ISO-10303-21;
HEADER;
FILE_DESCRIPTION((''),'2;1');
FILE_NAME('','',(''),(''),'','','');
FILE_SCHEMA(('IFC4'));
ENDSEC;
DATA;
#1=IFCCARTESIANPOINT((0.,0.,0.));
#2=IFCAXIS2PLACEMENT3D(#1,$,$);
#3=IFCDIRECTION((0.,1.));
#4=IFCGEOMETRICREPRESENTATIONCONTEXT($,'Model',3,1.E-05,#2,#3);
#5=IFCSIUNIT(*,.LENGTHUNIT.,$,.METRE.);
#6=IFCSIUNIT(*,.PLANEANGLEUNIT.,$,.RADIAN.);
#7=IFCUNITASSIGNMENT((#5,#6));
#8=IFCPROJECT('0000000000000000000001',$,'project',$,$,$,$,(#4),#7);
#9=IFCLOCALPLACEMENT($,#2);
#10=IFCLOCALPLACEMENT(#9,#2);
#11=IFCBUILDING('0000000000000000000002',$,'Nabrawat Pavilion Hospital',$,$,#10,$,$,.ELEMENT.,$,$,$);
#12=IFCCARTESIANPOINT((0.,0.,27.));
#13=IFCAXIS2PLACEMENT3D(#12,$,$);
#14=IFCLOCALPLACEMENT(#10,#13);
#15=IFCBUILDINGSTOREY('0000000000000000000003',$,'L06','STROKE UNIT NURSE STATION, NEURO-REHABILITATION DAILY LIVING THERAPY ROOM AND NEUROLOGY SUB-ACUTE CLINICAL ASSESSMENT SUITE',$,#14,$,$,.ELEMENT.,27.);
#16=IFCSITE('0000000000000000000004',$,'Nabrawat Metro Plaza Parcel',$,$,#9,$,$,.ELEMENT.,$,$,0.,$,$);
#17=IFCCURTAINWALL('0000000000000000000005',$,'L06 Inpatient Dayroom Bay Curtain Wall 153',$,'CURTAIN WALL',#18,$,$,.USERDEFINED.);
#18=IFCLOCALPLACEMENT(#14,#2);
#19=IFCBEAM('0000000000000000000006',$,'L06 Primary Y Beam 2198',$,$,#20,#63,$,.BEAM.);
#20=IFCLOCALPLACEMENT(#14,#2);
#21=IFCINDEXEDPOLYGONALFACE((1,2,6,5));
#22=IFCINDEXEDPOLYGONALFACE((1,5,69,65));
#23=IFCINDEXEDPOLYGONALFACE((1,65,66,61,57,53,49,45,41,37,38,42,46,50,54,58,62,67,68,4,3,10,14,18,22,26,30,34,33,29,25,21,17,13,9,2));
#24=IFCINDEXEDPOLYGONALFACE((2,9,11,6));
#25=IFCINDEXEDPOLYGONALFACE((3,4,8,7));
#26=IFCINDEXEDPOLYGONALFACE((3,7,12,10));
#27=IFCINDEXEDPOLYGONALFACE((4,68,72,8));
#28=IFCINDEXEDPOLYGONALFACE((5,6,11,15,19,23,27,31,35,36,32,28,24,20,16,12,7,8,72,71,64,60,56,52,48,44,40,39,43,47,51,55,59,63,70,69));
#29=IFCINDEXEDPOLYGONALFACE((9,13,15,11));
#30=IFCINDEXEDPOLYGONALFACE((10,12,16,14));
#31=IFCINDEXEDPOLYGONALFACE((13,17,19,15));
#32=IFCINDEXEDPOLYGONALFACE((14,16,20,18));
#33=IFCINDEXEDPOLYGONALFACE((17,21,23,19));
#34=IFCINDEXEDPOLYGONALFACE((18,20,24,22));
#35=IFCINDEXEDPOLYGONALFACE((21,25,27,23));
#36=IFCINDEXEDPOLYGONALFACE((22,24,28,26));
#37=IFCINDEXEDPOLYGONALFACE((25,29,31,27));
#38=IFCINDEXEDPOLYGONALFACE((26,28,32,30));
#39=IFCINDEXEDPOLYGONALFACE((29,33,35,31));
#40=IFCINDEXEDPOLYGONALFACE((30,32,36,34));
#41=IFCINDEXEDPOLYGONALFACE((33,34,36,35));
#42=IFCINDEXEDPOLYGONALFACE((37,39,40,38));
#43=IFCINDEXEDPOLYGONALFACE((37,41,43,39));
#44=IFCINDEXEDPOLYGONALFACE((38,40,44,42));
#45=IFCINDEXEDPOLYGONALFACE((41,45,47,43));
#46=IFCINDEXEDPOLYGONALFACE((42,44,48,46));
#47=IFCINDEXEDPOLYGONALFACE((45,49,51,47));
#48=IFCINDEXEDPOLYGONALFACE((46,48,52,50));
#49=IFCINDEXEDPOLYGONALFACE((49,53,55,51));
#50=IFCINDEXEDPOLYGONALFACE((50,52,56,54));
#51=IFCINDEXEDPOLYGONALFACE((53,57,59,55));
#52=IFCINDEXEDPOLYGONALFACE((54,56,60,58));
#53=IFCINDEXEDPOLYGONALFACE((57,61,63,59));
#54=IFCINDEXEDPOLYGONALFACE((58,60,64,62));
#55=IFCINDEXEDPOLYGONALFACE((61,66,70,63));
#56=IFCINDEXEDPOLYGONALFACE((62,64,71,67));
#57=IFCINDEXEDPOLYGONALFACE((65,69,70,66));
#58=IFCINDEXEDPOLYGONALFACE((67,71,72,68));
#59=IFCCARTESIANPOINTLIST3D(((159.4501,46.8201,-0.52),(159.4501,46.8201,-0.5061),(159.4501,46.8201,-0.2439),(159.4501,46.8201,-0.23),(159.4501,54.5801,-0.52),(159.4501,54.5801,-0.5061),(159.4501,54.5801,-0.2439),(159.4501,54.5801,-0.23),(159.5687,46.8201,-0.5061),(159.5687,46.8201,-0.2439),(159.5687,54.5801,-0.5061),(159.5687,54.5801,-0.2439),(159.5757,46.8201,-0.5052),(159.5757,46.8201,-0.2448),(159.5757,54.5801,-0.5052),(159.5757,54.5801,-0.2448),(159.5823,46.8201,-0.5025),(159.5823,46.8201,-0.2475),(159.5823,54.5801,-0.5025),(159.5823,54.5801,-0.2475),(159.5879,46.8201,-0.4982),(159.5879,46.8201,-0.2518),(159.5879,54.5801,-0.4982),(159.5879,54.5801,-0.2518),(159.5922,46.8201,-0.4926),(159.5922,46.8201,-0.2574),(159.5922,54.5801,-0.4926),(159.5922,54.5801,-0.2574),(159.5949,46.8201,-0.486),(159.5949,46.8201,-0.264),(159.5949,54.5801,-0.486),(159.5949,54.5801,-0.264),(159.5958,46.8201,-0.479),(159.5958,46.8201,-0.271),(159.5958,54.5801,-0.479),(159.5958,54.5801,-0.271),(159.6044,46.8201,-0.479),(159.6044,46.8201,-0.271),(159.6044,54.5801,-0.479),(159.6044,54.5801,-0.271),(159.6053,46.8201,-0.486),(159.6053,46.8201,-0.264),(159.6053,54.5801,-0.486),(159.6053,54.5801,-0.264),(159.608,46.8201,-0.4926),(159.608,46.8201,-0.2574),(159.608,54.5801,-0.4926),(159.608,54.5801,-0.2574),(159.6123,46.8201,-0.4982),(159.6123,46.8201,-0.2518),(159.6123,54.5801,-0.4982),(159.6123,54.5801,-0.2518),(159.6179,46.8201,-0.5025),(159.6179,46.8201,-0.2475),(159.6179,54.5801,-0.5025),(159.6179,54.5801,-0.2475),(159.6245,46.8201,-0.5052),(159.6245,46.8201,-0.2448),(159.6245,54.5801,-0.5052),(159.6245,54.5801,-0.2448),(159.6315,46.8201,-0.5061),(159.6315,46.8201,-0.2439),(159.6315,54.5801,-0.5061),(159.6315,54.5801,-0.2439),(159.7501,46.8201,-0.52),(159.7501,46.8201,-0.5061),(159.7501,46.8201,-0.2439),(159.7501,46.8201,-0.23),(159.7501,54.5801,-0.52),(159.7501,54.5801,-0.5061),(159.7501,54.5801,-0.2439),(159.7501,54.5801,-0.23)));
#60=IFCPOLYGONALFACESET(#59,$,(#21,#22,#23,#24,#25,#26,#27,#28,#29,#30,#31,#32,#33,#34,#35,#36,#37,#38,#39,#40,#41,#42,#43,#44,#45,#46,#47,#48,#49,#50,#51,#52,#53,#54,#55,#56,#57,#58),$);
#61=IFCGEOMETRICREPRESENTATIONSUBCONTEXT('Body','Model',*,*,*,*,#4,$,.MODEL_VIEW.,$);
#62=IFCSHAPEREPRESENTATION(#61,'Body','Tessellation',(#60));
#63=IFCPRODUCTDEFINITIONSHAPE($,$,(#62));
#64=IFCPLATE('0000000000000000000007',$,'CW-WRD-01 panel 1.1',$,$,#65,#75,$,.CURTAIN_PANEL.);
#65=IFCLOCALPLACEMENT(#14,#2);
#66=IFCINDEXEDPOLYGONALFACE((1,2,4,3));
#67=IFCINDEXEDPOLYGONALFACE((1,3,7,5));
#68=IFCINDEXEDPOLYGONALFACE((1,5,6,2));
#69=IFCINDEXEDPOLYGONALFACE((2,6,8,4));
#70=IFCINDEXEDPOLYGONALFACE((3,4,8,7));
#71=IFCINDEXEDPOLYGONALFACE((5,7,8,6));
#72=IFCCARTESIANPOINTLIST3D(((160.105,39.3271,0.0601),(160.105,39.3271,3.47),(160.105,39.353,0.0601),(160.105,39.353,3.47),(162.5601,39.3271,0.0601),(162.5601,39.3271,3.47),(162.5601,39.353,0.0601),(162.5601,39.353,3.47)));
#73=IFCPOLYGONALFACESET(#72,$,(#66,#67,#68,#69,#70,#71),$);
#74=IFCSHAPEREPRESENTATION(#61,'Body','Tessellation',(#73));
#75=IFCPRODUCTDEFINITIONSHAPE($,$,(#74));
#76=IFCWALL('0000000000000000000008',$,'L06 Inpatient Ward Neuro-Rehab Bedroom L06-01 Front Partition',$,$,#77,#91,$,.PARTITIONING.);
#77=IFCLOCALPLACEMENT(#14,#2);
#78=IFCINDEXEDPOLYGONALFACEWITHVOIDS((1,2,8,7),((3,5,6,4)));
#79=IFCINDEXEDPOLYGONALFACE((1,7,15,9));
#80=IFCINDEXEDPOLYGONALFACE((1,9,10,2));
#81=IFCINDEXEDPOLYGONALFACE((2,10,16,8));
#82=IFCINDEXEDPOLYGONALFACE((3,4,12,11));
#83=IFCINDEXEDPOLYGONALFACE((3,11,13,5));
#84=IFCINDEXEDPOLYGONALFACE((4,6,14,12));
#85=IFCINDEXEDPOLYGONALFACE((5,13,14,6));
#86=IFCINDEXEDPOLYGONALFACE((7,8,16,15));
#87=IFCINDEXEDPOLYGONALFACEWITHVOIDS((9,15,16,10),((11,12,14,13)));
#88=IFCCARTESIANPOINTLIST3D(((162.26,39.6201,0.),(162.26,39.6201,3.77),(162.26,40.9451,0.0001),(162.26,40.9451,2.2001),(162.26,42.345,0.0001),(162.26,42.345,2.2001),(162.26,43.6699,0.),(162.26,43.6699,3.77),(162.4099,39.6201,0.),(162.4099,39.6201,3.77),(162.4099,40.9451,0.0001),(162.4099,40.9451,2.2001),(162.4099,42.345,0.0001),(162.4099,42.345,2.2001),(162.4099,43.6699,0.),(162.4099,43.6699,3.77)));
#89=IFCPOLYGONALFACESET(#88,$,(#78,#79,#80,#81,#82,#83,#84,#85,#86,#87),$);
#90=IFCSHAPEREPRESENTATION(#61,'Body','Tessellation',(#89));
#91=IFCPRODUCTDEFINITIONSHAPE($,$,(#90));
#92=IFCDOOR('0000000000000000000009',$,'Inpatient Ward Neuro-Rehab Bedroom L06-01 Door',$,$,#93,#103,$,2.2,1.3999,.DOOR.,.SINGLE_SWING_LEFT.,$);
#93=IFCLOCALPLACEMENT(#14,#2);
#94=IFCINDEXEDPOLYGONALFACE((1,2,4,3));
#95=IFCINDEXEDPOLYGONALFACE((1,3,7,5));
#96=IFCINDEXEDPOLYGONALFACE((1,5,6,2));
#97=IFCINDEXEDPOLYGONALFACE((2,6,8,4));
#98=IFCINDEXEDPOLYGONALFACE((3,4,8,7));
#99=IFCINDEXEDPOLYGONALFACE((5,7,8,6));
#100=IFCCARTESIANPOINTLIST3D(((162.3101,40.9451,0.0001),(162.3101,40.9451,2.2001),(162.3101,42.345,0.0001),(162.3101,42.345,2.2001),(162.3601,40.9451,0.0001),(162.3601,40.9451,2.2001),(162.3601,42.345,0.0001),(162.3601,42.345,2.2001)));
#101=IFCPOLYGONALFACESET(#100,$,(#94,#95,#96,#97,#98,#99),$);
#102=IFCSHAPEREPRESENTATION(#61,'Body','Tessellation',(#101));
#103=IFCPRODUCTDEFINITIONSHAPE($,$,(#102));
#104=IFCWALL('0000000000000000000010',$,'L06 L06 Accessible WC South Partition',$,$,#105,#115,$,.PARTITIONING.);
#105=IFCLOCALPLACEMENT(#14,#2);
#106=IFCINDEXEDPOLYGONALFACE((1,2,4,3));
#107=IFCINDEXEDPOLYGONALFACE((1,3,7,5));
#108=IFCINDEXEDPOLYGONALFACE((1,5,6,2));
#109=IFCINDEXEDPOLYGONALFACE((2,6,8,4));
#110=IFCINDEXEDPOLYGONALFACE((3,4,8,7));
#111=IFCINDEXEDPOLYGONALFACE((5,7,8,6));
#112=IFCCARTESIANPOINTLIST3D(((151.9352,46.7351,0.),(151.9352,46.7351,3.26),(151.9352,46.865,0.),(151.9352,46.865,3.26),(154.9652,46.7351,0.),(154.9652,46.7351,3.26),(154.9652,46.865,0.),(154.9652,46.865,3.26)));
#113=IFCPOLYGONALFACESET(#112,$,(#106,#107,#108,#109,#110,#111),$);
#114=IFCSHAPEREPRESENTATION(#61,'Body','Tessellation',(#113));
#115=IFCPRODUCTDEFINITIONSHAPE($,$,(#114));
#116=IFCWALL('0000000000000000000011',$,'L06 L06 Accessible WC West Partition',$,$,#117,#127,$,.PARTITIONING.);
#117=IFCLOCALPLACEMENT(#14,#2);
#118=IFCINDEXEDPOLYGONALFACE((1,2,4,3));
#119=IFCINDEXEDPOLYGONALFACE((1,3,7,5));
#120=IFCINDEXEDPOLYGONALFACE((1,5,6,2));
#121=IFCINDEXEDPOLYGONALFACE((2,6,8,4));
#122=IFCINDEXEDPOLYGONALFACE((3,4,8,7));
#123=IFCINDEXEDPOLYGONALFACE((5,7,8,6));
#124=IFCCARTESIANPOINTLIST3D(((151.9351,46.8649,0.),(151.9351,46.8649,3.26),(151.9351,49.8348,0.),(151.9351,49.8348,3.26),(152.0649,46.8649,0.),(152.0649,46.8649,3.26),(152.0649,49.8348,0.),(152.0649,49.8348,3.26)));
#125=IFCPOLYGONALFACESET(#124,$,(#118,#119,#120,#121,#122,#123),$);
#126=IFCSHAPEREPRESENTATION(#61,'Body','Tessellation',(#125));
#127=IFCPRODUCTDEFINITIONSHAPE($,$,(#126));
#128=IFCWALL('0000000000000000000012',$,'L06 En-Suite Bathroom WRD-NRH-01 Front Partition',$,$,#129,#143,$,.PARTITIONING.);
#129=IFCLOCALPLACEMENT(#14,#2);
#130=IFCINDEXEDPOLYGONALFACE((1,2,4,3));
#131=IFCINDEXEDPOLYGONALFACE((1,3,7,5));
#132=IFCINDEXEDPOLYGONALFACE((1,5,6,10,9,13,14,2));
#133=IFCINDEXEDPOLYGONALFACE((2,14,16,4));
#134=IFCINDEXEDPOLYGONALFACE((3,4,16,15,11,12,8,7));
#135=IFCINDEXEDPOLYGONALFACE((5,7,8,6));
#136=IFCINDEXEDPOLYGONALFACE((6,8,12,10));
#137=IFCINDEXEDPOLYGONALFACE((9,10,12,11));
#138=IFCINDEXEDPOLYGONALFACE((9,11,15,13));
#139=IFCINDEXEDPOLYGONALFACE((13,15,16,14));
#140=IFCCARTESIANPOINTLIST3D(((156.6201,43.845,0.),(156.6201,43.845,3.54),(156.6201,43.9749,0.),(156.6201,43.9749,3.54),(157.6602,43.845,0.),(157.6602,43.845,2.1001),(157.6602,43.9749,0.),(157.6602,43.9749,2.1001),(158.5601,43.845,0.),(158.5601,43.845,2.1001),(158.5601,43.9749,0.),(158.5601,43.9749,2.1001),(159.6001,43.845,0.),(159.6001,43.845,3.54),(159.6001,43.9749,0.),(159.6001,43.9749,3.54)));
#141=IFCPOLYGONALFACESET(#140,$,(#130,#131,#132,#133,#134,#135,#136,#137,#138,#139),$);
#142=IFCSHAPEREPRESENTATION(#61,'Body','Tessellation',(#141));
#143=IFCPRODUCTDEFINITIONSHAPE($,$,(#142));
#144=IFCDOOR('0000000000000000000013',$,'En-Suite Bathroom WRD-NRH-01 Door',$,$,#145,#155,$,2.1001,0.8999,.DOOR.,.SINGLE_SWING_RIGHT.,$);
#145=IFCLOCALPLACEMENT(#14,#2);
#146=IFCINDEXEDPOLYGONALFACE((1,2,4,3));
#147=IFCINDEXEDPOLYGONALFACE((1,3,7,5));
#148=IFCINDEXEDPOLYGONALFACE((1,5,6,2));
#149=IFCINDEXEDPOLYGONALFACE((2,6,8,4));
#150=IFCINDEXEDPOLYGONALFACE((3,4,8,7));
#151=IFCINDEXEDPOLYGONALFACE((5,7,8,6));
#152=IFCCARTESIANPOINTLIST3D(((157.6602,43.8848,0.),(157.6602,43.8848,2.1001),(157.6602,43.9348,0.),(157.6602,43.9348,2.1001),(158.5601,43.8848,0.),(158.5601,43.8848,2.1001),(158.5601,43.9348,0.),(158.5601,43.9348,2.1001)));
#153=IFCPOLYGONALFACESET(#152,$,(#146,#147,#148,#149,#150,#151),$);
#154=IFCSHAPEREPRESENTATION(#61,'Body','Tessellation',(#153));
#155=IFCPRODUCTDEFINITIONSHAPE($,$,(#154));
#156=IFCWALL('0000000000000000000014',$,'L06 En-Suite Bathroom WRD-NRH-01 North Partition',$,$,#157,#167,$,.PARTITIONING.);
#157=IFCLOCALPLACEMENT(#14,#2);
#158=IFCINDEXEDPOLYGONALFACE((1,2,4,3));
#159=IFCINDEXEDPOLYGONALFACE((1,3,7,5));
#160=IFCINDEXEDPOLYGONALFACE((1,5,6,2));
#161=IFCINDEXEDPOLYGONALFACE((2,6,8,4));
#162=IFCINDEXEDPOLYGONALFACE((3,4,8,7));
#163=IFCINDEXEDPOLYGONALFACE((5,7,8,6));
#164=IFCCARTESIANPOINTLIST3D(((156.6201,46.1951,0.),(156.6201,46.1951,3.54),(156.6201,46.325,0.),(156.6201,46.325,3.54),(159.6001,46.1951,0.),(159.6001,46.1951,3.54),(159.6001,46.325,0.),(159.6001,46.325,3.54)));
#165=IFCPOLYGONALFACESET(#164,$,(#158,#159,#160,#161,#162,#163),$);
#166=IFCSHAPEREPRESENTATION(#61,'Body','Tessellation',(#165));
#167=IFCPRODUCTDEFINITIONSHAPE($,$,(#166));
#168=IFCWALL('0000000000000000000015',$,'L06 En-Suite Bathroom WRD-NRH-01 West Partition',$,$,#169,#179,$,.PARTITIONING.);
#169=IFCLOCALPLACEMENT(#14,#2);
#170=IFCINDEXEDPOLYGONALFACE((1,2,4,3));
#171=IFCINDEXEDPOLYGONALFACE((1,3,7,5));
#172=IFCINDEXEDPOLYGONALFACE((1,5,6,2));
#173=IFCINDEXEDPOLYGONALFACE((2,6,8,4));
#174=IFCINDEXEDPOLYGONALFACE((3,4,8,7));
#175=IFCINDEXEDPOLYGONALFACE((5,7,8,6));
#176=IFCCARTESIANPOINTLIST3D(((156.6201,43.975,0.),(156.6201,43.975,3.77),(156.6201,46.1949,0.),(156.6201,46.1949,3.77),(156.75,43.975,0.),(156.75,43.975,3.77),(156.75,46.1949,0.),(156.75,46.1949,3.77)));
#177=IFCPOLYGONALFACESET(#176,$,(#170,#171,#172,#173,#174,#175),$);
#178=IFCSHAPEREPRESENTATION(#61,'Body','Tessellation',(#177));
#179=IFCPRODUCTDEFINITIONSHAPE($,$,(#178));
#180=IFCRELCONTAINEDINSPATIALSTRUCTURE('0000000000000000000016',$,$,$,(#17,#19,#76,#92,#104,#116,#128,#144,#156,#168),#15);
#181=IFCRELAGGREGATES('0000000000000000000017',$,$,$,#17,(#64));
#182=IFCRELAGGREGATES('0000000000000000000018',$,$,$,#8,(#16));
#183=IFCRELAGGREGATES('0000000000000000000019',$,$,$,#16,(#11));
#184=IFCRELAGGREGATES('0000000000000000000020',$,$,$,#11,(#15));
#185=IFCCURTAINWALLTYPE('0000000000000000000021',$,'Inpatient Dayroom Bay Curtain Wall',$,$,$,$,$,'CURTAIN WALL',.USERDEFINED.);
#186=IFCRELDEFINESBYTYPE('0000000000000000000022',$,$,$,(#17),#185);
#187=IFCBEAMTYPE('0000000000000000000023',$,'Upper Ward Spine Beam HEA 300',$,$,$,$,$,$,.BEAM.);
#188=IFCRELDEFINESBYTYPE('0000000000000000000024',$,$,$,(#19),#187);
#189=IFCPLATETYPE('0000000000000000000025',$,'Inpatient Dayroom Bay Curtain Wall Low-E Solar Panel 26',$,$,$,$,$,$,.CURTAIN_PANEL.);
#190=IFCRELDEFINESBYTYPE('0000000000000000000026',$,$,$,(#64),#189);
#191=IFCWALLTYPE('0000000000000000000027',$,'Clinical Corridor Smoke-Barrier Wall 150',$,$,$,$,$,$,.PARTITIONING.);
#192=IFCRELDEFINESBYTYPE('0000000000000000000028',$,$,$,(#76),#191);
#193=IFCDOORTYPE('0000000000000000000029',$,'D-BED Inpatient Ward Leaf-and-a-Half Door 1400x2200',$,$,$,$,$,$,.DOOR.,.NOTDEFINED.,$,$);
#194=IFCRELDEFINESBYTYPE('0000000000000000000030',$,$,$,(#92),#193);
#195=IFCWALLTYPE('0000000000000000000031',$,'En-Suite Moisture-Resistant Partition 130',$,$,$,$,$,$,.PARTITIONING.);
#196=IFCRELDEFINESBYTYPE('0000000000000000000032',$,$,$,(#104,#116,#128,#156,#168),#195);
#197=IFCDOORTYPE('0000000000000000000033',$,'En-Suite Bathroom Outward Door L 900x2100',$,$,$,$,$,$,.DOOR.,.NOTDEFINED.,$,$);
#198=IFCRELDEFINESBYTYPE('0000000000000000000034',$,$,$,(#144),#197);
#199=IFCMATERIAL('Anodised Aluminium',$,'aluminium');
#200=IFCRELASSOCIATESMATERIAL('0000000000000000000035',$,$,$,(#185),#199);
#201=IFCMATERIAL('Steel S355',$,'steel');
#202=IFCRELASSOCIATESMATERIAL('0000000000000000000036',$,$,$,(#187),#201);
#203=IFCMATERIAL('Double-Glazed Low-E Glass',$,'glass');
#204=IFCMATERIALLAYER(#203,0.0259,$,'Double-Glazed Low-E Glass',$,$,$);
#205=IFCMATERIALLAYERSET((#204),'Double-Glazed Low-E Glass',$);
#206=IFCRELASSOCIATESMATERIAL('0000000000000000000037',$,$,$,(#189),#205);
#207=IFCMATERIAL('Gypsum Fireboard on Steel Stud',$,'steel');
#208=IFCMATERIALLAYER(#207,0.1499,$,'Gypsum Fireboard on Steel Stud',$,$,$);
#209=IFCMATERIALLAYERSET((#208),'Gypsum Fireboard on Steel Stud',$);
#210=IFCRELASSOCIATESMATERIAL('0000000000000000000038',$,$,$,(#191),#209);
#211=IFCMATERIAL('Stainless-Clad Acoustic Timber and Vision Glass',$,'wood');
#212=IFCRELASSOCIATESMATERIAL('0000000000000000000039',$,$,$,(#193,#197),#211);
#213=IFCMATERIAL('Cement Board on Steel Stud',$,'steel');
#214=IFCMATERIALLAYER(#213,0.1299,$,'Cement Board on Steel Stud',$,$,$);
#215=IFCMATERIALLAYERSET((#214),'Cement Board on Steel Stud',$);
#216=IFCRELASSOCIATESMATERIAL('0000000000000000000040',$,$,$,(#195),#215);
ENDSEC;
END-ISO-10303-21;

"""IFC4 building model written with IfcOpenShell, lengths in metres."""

from ifc_helpers import new_model, si_unit, direction, frame, frame_2d, origin, origin_2d, place, context, subcontext, project, spatial, rectangle, i_section, extrude, material, layer, layer_set, material_profile, profile_set, type_object, element, fill, aggregate, save


model = new_model("IFC4")

# Units and contexts
model_context = context("Model", 3, precision=1e-05, world=origin(), true_north=direction((0.0, 1.0)))
body_context = subcontext(model_context, "Body", "Model", "MODEL_VIEW")
ifc_project = project(units=[si_unit("LENGTHUNIT", "METRE"), si_unit("PLANEANGLEUNIT", "RADIAN")], contexts=[model_context])

# Site, building, storey
site_placement = place(None, origin())
site = spatial("IfcSite", under=ifc_project, at=site_placement, Name="Nabrawat Metro Plaza Parcel", CompositionType="ELEMENT", RefElevation=0.0)
building_placement = place(site_placement, origin())
building = spatial("IfcBuilding", under=site, at=building_placement, Name="Nabrawat Pavilion Hospital", CompositionType="ELEMENT")
storey_placement = place(building_placement, frame((0.0, 0.0, 27.0)))
storey = spatial("IfcBuildingStorey", under=building, at=storey_placement, Name="L06", Description="STROKE UNIT NURSE STATION, NEURO-REHABILITATION DAILY LIVING THERAPY ROOM AND NEUROLOGY SUB-ACUTE CLINICAL ASSESSMENT SUITE", CompositionType="ELEMENT", Elevation=27.0)

# Curtain wall
ifc_material_1 = material(Name="Anodised Aluminium", Category="aluminium")
curtain_wall_type = type_object("IfcCurtainWallType", Name="Inpatient Dayroom Bay Curtain Wall", ElementType="CURTAIN WALL", PredefinedType="USERDEFINED", material=ifc_material_1)
curtain_wall_placement = place(storey_placement, origin())
curtain_wall = element("IfcCurtainWall", 1, at=curtain_wall_placement, inside=storey, type_object=curtain_wall_type, Name="L06 Inpatient Dayroom Bay Curtain Wall 153", ObjectType="CURTAIN WALL", PredefinedType="USERDEFINED")

# Shared definitions
ifc_material_2 = material(Name="Steel S355", Category="steel")

# Beam
ifc_material_profile_1 = material_profile(ifc_material_2, i_section(OverallWidth=0.3, OverallDepth=0.29, WebThickness=0.0085, FlangeThickness=0.0139, FilletRadius=0.0271, at=origin_2d()), Name="HEA 300")
ifc_profile_set_1 = profile_set([ifc_material_profile_1], Name="Steel S355")
beam_type_1 = type_object("IfcBeamType", Name="Upper Ward Spine Beam HEA 300", PredefinedType="BEAM", material=ifc_profile_set_1)
for number, where, z_axis, x_axis, name in (
    (2, (159.6001, 46.8201, -0.375), (0.0, 1.0, 0.0), (-1.0, 0.0, 0.0), "L06 Primary Y Beam 2198"),
):
    element("IfcBeam", number, at=place(storey_placement, frame(where, z_axis=z_axis, x_axis=x_axis)), inside=storey, type_object=beam_type_1, Name=name, PredefinedType="BEAM", context=body_context, shape_type="SweptSolid", body=[
        extrude(i_section(OverallWidth=0.3, OverallDepth=0.29, WebThickness=0.0085, FlangeThickness=0.0139, FilletRadius=0.0271, at=origin_2d()), origin(), (0.0, 0.0, 1.0), 7.76),
    ])

# Plate
ifc_material_3 = material(Name="Double-Glazed Low-E Glass", Category="glass")
ifc_layer_1 = layer(ifc_material_3, 0.0259, Name="Double-Glazed Low-E Glass")
ifc_layer_set_1 = layer_set([ifc_layer_1], Name="Double-Glazed Low-E Glass")
plate_type = type_object("IfcPlateType", Name="Inpatient Dayroom Bay Curtain Wall Low-E Solar Panel 26", PredefinedType="CURTAIN_PANEL", material=ifc_layer_set_1)
plate_placement = place(storey_placement, frame((161.3325, 39.3401, 0.0601), z_axis=(0.0, 0.0, 1.0), x_axis=(1.0, 0.0, 0.0)))
plate = element("IfcPlate", 3, at=plate_placement, type_object=plate_type, Name="CW-WRD-01 panel 1.1", PredefinedType="CURTAIN_PANEL", context=body_context, shape_type="SweptSolid", body=[
    extrude(rectangle(XDim=2.4551, YDim=0.0259, at=origin_2d()), origin(), (0.0, 0.0, 1.0), 3.4099),
])
aggregate(curtain_wall, [plate])

# Wall, opening, door
ifc_material_4 = material(Name="Gypsum Fireboard on Steel Stud", Category="steel")
ifc_layer_2 = layer(ifc_material_4, 0.1499, Name="Gypsum Fireboard on Steel Stud")
ifc_layer_set_2 = layer_set([ifc_layer_2], Name="Gypsum Fireboard on Steel Stud")
wall_type_1 = type_object("IfcWallType", Name="Clinical Corridor Smoke-Barrier Wall 150", PredefinedType="PARTITIONING", material=ifc_layer_set_2)
wall_1_placement = place(storey_placement, frame((162.335, 39.6201, 0.0), z_axis=(0.0, 0.0, 1.0), x_axis=(0.0, 1.0, 0.0)))
wall_1 = element("IfcWall", 4, at=wall_1_placement, inside=storey, type_object=wall_type_1, Name="L06 Inpatient Ward Neuro-Rehab Bedroom L06-01 Front Partition", PredefinedType="PARTITIONING", context=body_context, shape_type="SweptSolid", body=[
    extrude(rectangle(XDim=4.0498, YDim=0.1499, at=frame_2d((2.0249, 0.0))), origin(), (0.0, 0.0, 1.0), 3.77),
])
opening_1_placement = place(wall_1_placement, frame((1.325, 0.0, 0.0)))
opening_1 = element("IfcOpeningElement", 5, at=opening_1_placement, cuts=wall_1, PredefinedType="OPENING", context=body_context, shape_type="SweptSolid", body=[
    extrude(rectangle(XDim=1.3999, YDim=2.2, at=frame_2d((0.7, 1.1001))), frame((0.0, 0.085, 0.0), z_axis=(0.0, -1.0, 0.0), x_axis=(1.0, 0.0, 0.0)), (0.0, 0.0, 1.0), 0.1699),
])
ifc_material_5 = material(Name="Stainless-Clad Acoustic Timber and Vision Glass", Category="wood")
door_type_1 = type_object("IfcDoorType", Name="D-BED Inpatient Ward Leaf-and-a-Half Door 1400x2200", OperationType="NOTDEFINED", PredefinedType="DOOR", material=ifc_material_5)
door_1_placement = place(opening_1_placement, origin())
door_1 = element("IfcDoor", 6, at=door_1_placement, inside=storey, type_object=door_type_1, Name="Inpatient Ward Neuro-Rehab Bedroom L06-01 Door", OperationType="SINGLE_SWING_LEFT", OverallHeight=2.2, OverallWidth=1.3999, PredefinedType="DOOR", context=body_context, shape_type="SweptSolid", body=[
    extrude(rectangle(XDim=1.3999, YDim=2.2, at=frame_2d((0.7, 1.1001))), frame((0.0, 0.0249, 0.0), z_axis=(0.0, -1.0, 0.0), x_axis=(1.0, 0.0, 0.0)), (0.0, 0.0, 1.0), 0.05),
])
fill(opening_1, door_1)

# Walls
ifc_material_6 = material(Name="Cement Board on Steel Stud", Category="steel")
ifc_layer_3 = layer(ifc_material_6, 0.1299, Name="Cement Board on Steel Stud")
ifc_layer_set_3 = layer_set([ifc_layer_3], Name="Cement Board on Steel Stud")
wall_type_2 = type_object("IfcWallType", Name="En-Suite Moisture-Resistant Partition 130", PredefinedType="PARTITIONING", material=ifc_layer_set_3)
wall_2_placement = place(storey_placement, frame((151.9351, 46.8, 0.0), z_axis=(0.0, 0.0, 1.0), x_axis=(1.0, 0.0, 0.0)))
element("IfcWall", 7, at=wall_2_placement, inside=storey, type_object=wall_type_2, Name="L06 L06 Accessible WC South Partition", PredefinedType="PARTITIONING", context=body_context, shape_type="SweptSolid", body=[
    extrude(rectangle(XDim=3.03, YDim=0.1299, at=frame_2d((1.5151, 0.0))), origin(), (0.0, 0.0, 1.0), 3.26),
])
wall_3_placement = place(storey_placement, frame((152.0, 46.865, 0.0), z_axis=(0.0, 0.0, 1.0), x_axis=(0.0, 1.0, 0.0)))
element("IfcWall", 8, at=wall_3_placement, inside=storey, type_object=wall_type_2, Name="L06 L06 Accessible WC West Partition", PredefinedType="PARTITIONING", context=body_context, shape_type="SweptSolid", body=[
    extrude(rectangle(XDim=2.97, YDim=0.1299, at=frame_2d((1.4849, 0.0))), origin(), (0.0, 0.0, 1.0), 3.26),
])

# Wall, opening, door
wall_4_placement = place(storey_placement, frame((156.6201, 43.9099, 0.0), z_axis=(0.0, 0.0, 1.0), x_axis=(1.0, 0.0, 0.0)))
wall_4 = element("IfcWall", 9, at=wall_4_placement, inside=storey, type_object=wall_type_2, Name="L06 En-Suite Bathroom WRD-NRH-01 Front Partition", PredefinedType="PARTITIONING", context=body_context, shape_type="SweptSolid", body=[
    extrude(rectangle(XDim=2.98, YDim=0.1299, at=frame_2d((1.49, 0.0))), origin(), (0.0, 0.0, 1.0), 3.54),
])
opening_2_placement = place(wall_4_placement, frame((1.04, 0.0, 0.0)))
opening_2 = element("IfcOpeningElement", 10, at=opening_2_placement, cuts=wall_4, PredefinedType="OPENING", context=body_context, shape_type="SweptSolid", body=[
    extrude(rectangle(XDim=0.8999, YDim=2.1001, at=frame_2d((0.45, 1.05))), frame((0.0, 0.075, 0.0), z_axis=(0.0, -1.0, 0.0), x_axis=(1.0, 0.0, 0.0)), (0.0, 0.0, 1.0), 0.1499),
])
door_type_2 = type_object("IfcDoorType", Name="En-Suite Bathroom Outward Door L 900x2100", OperationType="NOTDEFINED", PredefinedType="DOOR", material=ifc_material_5)
door_2_placement = place(opening_2_placement, origin())
door_2 = element("IfcDoor", 11, at=door_2_placement, inside=storey, type_object=door_type_2, Name="En-Suite Bathroom WRD-NRH-01 Door", OperationType="SINGLE_SWING_RIGHT", OverallHeight=2.1001, OverallWidth=0.8999, PredefinedType="DOOR", context=body_context, shape_type="SweptSolid", body=[
    extrude(rectangle(XDim=0.8999, YDim=2.1001, at=frame_2d((0.45, 1.05))), frame((0.0, 0.0249, 0.0), z_axis=(0.0, -1.0, 0.0), x_axis=(1.0, 0.0, 0.0)), (0.0, 0.0, 1.0), 0.05),
])
fill(opening_2, door_2)

# Walls
wall_5_placement = place(storey_placement, frame((156.6201, 46.26, 0.0), z_axis=(0.0, 0.0, 1.0), x_axis=(1.0, 0.0, 0.0)))
element("IfcWall", 12, at=wall_5_placement, inside=storey, type_object=wall_type_2, Name="L06 En-Suite Bathroom WRD-NRH-01 North Partition", PredefinedType="PARTITIONING", context=body_context, shape_type="SweptSolid", body=[
    extrude(rectangle(XDim=2.98, YDim=0.1299, at=frame_2d((1.49, 0.0))), origin(), (0.0, 0.0, 1.0), 3.54),
])
wall_6_placement = place(storey_placement, frame((156.6851, 43.9751, 0.0), z_axis=(0.0, 0.0, 1.0), x_axis=(0.0, 1.0, 0.0)))
element("IfcWall", 13, at=wall_6_placement, inside=storey, type_object=wall_type_2, Name="L06 En-Suite Bathroom WRD-NRH-01 West Partition", PredefinedType="PARTITIONING", context=body_context, shape_type="SweptSolid", body=[
    extrude(rectangle(XDim=2.22, YDim=0.1299, at=frame_2d((1.1099, 0.0))), origin(), (0.0, 0.0, 1.0), 3.77),
])

save(model, "model.ifc")
